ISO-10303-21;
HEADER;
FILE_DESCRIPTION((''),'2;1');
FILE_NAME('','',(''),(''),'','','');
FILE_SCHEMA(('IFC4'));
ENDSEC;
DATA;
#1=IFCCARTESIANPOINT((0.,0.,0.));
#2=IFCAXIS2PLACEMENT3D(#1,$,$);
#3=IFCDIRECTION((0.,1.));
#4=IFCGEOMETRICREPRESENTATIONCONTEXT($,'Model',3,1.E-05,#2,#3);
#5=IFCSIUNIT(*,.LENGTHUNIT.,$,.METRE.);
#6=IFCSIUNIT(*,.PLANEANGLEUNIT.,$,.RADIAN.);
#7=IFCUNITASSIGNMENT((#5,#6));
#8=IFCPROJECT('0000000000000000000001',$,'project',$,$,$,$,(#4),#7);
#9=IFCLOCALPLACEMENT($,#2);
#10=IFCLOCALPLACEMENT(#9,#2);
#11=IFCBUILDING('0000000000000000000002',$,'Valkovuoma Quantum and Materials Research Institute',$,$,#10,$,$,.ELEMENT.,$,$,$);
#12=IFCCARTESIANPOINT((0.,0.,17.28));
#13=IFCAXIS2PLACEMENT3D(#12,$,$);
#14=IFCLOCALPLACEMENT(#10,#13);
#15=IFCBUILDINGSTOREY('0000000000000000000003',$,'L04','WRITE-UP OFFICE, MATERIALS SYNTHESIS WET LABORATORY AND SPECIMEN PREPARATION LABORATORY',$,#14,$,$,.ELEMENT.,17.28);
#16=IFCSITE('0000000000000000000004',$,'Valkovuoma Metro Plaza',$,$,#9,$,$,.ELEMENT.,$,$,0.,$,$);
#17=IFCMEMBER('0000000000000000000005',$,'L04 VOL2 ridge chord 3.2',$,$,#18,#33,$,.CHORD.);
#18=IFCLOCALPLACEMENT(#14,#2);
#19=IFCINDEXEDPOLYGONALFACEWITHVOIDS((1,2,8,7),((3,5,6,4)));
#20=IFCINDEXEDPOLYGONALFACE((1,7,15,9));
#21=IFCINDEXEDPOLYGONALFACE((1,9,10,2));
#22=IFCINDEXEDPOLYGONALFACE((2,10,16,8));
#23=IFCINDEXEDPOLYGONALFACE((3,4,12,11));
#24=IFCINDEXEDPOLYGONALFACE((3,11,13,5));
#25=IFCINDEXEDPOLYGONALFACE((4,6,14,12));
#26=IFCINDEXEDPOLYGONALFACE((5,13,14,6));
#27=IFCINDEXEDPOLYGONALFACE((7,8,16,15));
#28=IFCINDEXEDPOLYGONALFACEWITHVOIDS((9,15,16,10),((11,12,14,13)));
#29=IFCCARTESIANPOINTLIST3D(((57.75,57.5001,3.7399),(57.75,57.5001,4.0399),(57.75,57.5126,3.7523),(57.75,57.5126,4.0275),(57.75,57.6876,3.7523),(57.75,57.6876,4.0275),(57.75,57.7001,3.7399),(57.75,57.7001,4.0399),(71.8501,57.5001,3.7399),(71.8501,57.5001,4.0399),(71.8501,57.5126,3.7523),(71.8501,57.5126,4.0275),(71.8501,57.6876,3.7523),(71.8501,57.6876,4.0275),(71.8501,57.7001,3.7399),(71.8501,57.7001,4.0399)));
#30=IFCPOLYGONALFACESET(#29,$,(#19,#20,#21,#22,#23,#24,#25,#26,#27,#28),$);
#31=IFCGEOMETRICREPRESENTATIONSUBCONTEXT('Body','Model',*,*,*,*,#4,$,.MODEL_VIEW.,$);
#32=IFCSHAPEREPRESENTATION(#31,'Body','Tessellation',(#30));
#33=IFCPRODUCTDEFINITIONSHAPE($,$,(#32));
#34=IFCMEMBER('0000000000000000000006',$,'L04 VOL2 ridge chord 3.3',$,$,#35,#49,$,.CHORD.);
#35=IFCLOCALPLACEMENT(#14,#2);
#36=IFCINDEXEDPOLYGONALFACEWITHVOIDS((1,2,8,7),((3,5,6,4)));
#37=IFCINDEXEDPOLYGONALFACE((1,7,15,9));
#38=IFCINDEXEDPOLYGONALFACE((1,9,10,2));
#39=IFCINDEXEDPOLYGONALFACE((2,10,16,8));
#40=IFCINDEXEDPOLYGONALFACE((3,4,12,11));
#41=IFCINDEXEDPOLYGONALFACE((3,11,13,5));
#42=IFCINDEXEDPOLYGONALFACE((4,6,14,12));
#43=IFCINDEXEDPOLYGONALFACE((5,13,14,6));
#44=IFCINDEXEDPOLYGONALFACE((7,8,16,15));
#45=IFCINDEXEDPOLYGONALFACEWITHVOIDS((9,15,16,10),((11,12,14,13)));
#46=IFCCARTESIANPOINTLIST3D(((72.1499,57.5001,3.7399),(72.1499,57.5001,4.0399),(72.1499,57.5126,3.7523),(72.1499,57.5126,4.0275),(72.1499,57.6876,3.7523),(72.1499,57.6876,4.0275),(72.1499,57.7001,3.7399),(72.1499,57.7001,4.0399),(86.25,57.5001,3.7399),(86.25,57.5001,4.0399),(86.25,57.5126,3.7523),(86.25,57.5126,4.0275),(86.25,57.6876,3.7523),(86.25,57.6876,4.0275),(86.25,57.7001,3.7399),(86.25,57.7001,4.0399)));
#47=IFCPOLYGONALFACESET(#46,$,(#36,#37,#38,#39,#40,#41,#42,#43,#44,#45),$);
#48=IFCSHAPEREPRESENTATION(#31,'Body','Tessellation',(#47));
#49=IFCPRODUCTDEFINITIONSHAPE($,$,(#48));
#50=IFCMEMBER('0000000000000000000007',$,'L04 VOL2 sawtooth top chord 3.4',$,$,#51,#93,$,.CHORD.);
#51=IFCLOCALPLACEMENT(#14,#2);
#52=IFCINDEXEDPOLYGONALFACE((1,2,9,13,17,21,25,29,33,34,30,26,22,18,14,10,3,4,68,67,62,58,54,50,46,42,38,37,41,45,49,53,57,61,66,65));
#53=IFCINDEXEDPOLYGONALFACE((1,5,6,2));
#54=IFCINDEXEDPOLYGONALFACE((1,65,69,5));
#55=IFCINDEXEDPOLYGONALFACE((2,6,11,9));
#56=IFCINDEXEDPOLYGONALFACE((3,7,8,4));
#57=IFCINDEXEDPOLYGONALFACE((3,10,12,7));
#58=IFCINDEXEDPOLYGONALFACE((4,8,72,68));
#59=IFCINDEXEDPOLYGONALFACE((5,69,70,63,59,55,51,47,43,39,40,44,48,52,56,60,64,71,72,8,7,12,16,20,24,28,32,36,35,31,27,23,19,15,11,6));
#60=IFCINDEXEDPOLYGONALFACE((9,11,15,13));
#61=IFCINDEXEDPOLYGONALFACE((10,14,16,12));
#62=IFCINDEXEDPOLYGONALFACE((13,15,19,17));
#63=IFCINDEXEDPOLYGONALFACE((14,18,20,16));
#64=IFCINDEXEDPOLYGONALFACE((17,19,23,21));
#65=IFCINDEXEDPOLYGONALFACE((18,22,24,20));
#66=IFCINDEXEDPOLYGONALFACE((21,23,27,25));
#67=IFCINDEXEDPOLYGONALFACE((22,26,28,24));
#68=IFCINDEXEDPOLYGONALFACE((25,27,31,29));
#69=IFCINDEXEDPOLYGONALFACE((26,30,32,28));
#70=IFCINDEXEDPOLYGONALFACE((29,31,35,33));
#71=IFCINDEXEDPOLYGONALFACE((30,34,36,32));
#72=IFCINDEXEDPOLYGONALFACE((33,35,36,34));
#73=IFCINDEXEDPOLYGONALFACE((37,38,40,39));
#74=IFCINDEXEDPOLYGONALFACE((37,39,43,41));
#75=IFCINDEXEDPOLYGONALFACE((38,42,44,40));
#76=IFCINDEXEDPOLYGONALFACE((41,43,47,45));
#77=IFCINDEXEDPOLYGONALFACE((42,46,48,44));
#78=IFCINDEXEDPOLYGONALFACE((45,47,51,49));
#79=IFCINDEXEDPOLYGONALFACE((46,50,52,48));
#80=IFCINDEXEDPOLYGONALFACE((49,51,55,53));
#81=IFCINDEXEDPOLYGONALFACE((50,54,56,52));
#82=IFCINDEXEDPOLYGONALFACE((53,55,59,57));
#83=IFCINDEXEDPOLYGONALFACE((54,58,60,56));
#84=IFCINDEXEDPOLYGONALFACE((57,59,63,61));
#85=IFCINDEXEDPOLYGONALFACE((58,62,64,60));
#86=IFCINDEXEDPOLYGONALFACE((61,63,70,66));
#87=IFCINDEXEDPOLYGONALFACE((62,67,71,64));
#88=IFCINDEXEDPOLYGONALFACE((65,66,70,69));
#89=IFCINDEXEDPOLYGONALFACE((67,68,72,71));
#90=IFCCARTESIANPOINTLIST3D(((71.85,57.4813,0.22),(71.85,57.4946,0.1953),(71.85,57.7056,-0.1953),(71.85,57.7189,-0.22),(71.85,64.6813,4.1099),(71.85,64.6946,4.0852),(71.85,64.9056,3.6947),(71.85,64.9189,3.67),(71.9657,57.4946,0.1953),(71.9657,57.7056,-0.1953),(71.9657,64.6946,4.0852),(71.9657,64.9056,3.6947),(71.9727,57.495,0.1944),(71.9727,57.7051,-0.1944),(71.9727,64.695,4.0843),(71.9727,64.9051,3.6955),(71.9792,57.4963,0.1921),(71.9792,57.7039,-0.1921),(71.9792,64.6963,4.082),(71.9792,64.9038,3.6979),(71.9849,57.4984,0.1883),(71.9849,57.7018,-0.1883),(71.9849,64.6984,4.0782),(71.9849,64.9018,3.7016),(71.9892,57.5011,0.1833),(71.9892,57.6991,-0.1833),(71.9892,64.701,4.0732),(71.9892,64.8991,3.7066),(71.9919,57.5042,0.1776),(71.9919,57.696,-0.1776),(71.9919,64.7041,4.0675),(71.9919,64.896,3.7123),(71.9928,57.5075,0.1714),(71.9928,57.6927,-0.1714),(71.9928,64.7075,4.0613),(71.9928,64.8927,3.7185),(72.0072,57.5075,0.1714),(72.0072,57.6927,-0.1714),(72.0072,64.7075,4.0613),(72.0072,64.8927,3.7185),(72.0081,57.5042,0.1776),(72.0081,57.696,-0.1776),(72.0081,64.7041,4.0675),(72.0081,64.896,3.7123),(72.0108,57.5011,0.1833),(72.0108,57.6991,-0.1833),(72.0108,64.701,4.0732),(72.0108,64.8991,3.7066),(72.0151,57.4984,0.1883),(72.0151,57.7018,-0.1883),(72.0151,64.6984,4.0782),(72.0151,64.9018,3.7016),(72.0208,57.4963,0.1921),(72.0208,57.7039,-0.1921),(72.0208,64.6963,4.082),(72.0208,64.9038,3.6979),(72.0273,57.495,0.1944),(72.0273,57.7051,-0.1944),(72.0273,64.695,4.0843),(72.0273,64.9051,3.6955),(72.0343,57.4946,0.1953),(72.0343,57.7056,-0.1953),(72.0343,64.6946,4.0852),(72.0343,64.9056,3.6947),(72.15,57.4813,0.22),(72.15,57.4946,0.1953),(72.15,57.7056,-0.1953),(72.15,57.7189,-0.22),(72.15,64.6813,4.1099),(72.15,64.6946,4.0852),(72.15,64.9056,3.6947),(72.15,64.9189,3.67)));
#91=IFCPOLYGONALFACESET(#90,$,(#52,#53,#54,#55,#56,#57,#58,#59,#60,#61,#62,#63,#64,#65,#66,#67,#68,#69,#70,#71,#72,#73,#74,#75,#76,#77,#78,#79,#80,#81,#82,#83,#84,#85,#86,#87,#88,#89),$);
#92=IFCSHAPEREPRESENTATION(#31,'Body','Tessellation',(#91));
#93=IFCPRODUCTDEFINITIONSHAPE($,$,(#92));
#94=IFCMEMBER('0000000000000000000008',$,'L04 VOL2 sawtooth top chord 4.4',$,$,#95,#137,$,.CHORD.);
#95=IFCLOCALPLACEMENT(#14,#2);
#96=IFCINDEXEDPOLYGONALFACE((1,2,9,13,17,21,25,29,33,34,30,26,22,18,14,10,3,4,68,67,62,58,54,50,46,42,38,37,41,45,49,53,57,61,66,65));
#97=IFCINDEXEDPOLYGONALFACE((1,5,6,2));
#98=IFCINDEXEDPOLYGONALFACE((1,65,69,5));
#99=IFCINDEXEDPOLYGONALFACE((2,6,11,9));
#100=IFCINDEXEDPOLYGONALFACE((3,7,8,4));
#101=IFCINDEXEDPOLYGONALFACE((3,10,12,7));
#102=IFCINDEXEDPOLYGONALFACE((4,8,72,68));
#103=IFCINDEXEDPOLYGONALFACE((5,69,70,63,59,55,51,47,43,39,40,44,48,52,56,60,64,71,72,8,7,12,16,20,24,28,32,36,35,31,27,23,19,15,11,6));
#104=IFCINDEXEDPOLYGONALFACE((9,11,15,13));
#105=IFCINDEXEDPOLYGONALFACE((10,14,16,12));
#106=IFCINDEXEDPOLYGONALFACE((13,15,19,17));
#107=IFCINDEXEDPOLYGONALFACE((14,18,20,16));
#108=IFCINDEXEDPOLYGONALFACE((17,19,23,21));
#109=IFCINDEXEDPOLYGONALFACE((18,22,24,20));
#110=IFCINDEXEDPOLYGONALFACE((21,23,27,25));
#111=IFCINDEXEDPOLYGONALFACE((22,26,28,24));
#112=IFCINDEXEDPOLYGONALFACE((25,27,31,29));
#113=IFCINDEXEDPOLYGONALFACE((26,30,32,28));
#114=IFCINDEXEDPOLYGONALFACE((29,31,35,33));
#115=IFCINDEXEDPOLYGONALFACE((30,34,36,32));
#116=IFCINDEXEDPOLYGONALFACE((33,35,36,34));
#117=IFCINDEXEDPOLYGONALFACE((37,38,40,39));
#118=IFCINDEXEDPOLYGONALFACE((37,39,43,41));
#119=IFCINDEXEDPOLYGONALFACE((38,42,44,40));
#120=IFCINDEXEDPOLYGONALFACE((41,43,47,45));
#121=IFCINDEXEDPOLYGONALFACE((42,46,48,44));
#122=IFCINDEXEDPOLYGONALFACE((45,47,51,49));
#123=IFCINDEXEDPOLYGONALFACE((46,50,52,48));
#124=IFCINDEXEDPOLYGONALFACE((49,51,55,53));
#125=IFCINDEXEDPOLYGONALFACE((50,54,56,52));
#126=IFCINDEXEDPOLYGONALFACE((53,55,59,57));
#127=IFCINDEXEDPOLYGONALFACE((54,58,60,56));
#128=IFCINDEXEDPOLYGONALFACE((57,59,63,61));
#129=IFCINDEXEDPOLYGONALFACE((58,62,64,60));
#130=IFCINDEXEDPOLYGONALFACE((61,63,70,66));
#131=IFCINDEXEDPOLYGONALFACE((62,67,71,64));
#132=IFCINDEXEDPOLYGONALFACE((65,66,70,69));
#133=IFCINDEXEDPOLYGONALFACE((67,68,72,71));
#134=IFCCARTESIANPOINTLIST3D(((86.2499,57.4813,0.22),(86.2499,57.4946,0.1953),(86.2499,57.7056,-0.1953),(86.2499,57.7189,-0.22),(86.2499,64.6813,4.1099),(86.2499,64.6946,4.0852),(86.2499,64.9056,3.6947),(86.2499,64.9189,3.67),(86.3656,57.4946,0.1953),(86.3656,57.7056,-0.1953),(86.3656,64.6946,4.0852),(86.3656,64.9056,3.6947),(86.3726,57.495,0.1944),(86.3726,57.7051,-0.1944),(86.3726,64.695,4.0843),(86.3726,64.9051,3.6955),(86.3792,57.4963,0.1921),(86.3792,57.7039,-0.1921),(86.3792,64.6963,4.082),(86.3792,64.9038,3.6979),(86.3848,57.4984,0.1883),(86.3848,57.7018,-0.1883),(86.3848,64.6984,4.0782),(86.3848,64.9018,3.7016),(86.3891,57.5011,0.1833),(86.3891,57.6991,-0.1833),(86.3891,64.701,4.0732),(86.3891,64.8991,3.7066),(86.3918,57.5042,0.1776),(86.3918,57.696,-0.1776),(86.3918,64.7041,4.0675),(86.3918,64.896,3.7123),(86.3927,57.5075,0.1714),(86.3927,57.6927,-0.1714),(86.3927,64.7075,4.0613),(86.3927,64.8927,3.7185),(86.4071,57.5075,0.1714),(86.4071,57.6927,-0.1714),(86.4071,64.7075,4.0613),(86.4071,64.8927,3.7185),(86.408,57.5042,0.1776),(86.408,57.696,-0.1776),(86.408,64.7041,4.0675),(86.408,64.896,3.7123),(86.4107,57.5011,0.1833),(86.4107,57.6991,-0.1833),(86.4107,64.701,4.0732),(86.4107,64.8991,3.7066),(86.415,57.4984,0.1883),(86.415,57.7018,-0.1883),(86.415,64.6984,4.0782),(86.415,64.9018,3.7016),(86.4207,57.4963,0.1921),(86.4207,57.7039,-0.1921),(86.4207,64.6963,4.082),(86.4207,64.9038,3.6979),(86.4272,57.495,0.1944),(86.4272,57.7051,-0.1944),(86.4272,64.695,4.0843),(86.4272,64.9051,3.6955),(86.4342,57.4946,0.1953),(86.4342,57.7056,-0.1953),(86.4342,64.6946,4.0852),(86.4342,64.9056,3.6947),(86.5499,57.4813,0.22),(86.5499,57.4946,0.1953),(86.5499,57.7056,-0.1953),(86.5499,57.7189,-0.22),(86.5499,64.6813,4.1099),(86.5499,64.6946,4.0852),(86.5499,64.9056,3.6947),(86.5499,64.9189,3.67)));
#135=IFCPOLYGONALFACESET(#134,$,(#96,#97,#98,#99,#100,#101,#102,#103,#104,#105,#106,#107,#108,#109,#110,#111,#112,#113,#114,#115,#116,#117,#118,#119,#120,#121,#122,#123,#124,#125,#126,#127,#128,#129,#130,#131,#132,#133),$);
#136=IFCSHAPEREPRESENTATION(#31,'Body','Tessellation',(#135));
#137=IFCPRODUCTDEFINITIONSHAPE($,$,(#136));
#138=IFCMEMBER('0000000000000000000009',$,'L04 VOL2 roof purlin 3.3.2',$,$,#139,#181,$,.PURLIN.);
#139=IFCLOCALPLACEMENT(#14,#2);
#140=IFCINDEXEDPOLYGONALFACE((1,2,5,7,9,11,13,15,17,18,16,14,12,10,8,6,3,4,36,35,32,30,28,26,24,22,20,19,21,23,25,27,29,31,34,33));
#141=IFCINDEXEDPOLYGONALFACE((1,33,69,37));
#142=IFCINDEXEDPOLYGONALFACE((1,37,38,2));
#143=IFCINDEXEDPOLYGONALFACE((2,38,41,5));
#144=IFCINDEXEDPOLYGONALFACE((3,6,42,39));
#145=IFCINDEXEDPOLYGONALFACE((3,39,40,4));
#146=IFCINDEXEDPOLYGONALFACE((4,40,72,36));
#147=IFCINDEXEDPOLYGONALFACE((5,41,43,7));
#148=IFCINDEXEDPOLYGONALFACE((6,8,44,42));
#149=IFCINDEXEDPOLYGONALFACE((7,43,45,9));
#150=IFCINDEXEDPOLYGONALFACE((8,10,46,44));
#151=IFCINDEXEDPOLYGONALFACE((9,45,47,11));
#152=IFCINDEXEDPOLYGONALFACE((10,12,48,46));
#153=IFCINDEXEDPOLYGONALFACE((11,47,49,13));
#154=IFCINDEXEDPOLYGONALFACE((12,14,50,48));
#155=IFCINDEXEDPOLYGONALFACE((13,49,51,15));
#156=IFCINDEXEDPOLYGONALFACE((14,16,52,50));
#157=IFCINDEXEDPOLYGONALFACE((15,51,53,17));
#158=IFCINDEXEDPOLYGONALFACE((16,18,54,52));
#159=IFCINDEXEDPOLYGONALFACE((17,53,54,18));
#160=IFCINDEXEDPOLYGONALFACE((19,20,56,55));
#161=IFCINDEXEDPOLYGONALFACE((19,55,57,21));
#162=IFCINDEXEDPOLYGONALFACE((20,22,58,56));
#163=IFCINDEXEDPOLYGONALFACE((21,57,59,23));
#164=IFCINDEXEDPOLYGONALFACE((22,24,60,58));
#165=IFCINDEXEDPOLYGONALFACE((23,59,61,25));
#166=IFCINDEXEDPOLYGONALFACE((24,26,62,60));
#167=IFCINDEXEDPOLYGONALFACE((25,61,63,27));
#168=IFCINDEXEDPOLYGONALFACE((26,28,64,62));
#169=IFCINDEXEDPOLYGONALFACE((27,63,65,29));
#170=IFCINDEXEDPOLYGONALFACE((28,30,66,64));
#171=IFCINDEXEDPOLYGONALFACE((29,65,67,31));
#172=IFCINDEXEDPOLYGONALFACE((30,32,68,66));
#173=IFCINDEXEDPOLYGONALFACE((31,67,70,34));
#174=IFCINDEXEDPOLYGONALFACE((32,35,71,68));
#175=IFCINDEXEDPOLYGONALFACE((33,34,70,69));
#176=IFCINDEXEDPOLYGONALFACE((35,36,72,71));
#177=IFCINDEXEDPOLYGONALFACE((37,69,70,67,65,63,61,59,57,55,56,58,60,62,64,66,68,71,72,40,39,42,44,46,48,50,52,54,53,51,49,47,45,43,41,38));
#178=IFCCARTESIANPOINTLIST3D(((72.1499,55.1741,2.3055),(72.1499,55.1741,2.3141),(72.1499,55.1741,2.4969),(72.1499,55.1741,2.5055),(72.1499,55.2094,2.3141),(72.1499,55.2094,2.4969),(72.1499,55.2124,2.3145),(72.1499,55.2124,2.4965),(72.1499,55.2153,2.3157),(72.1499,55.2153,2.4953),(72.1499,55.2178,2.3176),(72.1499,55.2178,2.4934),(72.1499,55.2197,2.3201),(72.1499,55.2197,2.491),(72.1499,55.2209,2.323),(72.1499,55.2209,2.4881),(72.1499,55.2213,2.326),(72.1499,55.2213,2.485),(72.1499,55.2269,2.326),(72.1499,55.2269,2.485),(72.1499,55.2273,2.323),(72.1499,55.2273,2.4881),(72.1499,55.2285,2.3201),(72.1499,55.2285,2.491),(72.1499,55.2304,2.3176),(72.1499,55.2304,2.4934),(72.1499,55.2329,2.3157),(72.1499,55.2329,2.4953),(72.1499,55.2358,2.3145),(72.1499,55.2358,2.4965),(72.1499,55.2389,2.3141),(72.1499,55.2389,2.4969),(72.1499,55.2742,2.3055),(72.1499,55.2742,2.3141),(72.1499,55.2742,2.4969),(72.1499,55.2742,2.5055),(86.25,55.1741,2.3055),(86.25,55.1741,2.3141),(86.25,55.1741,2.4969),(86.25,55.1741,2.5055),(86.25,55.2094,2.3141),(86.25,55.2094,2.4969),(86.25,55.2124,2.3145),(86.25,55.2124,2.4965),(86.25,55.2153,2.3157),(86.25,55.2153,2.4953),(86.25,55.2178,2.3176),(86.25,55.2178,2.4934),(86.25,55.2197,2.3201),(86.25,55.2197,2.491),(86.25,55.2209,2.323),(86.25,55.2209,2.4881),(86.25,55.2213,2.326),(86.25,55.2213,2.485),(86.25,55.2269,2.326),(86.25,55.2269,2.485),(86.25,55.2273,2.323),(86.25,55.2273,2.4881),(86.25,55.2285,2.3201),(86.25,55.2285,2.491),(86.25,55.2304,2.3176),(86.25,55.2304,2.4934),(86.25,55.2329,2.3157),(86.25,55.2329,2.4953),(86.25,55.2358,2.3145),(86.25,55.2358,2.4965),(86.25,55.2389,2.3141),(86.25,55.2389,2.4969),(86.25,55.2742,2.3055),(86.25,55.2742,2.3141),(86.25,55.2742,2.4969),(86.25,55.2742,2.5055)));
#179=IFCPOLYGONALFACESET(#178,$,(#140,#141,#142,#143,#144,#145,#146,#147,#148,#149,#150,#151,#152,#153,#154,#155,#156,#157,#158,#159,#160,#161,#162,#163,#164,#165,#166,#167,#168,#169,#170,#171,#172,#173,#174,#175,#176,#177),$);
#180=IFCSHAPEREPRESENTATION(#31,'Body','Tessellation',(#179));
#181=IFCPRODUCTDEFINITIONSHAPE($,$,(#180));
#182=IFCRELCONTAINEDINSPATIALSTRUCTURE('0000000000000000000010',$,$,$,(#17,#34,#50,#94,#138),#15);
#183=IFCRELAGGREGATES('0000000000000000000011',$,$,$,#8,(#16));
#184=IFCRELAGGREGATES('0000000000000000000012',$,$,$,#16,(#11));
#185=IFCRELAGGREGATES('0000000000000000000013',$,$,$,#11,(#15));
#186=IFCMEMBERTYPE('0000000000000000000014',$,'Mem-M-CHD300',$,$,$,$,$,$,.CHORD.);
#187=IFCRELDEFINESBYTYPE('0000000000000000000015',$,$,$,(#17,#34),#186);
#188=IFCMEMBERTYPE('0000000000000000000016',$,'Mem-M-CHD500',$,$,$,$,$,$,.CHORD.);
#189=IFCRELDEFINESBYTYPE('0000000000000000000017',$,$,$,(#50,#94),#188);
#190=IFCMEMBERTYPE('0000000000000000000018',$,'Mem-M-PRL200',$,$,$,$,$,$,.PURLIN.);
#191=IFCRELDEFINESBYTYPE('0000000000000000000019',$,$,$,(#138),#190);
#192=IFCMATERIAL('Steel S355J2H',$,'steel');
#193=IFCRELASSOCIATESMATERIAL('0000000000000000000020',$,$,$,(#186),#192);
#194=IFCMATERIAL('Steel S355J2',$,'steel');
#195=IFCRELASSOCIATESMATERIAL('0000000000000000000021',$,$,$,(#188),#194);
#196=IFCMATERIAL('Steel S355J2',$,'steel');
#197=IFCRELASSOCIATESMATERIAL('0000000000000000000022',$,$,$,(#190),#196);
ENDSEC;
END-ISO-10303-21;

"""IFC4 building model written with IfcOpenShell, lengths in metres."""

from ifc_helpers import new_model, si_unit, direction, frame, origin, origin_2d, place, context, subcontext, project, spatial, hollow_rectangle, i_section, extrude, material, material_profile, profile_set, type_object, element, save


model = new_model("IFC4")

# Units and contexts
model_context = context("Model", 3, precision=1e-05, world=origin(), true_north=direction((0.0, 1.0)))
body_context = subcontext(model_context, "Body", "Model", "MODEL_VIEW")
ifc_project = project(units=[si_unit("LENGTHUNIT", "METRE"), si_unit("PLANEANGLEUNIT", "RADIAN")], contexts=[model_context])

# Site, building, storey
site_placement = place(None, origin())
site = spatial("IfcSite", under=ifc_project, at=site_placement, Name="Valkovuoma Metro Plaza", CompositionType="ELEMENT", RefElevation=0.0)
building_placement = place(site_placement, origin())
building = spatial("IfcBuilding", under=site, at=building_placement, Name="Valkovuoma Quantum and Materials Research Institute", CompositionType="ELEMENT")
storey_placement = place(building_placement, frame((0.0, 0.0, 17.28)))
storey = spatial("IfcBuildingStorey", under=building, at=storey_placement, Name="L04", Description="WRITE-UP OFFICE, MATERIALS SYNTHESIS WET LABORATORY AND SPECIMEN PREPARATION LABORATORY", CompositionType="ELEMENT", Elevation=17.28)

# Members
ifc_material_1 = material(Name="Steel S355J2H", Category="steel")
ifc_material_profile_1 = material_profile(ifc_material_1, hollow_rectangle(XDim=0.2, YDim=0.3, WallThickness=0.0125, at=origin_2d()), Name="Steel S355J2H")
ifc_profile_set_1 = profile_set([ifc_material_profile_1], Name="Steel S355J2H")
member_type_1 = type_object("IfcMemberType", Name="Mem-M-CHD300", PredefinedType="CHORD", material=ifc_profile_set_1)
for number, where, z_axis, x_axis, name in (
    (1, (57.75, 57.6001, 3.8899), (1.0, 0.0, 0.0), (0.0, 1.0, 0.0), "L04 VOL2 ridge chord 3.2"),
    (2, (72.1499, 57.6001, 3.8899), (1.0, 0.0, 0.0), (0.0, 1.0, 0.0), "L04 VOL2 ridge chord 3.3"),
):
    element("IfcMember", number, at=place(storey_placement, frame(where, z_axis=z_axis, x_axis=x_axis)), inside=storey, type_object=member_type_1, Name=name, PredefinedType="CHORD", context=body_context, shape_type="SweptSolid", body=[
        extrude(hollow_rectangle(XDim=0.2, YDim=0.3, WallThickness=0.0125, at=origin_2d()), origin(), (0.0, 0.0, 1.0), 14.1001),
    ])
ifc_material_2 = material(Name="Steel S355J2", Category="steel")
ifc_material_profile_2 = material_profile(ifc_material_2, i_section(OverallWidth=0.3, OverallDepth=0.5, WebThickness=0.0144, FlangeThickness=0.0281, FilletRadius=0.0271, at=origin_2d()), Name="Steel S355J2")
ifc_profile_set_2 = profile_set([ifc_material_profile_2], Name="Steel S355J2")
member_type_2 = type_object("IfcMemberType", Name="Mem-M-CHD500", PredefinedType="CHORD", material=ifc_profile_set_2)
for number, where, z_axis, x_axis, name in (
    (3, (72.0, 57.6001, 0.0), (0.0, 0.879807, 0.47533), (-1.0, 0.0, 0.0), "L04 VOL2 sawtooth top chord 3.4"),
    (4, (86.3999, 57.6001, 0.0), (0.0, 0.879807, 0.47533), (-1.0, 0.0, 0.0), "L04 VOL2 sawtooth top chord 4.4"),
):
    element("IfcMember", number, at=place(storey_placement, frame(where, z_axis=z_axis, x_axis=x_axis)), inside=storey, type_object=member_type_2, Name=name, PredefinedType="CHORD", context=body_context, shape_type="SweptSolid", body=[
        extrude(i_section(OverallWidth=0.3, OverallDepth=0.5, WebThickness=0.0144, FlangeThickness=0.0281, FilletRadius=0.0271, at=origin_2d()), origin(), (0.0, 0.0, 1.0), 8.1836),
    ])
ifc_material_3 = material(Name="Steel S355J2", Category="steel")
ifc_material_profile_3 = material_profile(ifc_material_3, i_section(OverallWidth=0.1001, OverallDepth=0.2, WebThickness=0.0056, FlangeThickness=0.0085, FilletRadius=0.012, at=origin_2d()), Name="Steel S355J2")
ifc_profile_set_3 = profile_set([ifc_material_profile_3], Name="Steel S355J2")
member_type_3 = type_object("IfcMemberType", Name="Mem-M-PRL200", PredefinedType="PURLIN", material=ifc_profile_set_3)
member_placement = place(storey_placement, frame((72.1499, 55.2241, 2.4055), z_axis=(1.0, 0.0, 0.0), x_axis=(0.0, 1.0, 0.0)))
element("IfcMember", 5, at=member_placement, inside=storey, type_object=member_type_3, Name="L04 VOL2 roof purlin 3.3.2", PredefinedType="PURLIN", context=body_context, shape_type="SweptSolid", body=[
    extrude(i_section(OverallWidth=0.1001, OverallDepth=0.2, WebThickness=0.0056, FlangeThickness=0.0085, FilletRadius=0.012, at=origin_2d()), origin(), (0.0, 0.0, 1.0), 14.1001),
])

save(model, "model.ifc")
